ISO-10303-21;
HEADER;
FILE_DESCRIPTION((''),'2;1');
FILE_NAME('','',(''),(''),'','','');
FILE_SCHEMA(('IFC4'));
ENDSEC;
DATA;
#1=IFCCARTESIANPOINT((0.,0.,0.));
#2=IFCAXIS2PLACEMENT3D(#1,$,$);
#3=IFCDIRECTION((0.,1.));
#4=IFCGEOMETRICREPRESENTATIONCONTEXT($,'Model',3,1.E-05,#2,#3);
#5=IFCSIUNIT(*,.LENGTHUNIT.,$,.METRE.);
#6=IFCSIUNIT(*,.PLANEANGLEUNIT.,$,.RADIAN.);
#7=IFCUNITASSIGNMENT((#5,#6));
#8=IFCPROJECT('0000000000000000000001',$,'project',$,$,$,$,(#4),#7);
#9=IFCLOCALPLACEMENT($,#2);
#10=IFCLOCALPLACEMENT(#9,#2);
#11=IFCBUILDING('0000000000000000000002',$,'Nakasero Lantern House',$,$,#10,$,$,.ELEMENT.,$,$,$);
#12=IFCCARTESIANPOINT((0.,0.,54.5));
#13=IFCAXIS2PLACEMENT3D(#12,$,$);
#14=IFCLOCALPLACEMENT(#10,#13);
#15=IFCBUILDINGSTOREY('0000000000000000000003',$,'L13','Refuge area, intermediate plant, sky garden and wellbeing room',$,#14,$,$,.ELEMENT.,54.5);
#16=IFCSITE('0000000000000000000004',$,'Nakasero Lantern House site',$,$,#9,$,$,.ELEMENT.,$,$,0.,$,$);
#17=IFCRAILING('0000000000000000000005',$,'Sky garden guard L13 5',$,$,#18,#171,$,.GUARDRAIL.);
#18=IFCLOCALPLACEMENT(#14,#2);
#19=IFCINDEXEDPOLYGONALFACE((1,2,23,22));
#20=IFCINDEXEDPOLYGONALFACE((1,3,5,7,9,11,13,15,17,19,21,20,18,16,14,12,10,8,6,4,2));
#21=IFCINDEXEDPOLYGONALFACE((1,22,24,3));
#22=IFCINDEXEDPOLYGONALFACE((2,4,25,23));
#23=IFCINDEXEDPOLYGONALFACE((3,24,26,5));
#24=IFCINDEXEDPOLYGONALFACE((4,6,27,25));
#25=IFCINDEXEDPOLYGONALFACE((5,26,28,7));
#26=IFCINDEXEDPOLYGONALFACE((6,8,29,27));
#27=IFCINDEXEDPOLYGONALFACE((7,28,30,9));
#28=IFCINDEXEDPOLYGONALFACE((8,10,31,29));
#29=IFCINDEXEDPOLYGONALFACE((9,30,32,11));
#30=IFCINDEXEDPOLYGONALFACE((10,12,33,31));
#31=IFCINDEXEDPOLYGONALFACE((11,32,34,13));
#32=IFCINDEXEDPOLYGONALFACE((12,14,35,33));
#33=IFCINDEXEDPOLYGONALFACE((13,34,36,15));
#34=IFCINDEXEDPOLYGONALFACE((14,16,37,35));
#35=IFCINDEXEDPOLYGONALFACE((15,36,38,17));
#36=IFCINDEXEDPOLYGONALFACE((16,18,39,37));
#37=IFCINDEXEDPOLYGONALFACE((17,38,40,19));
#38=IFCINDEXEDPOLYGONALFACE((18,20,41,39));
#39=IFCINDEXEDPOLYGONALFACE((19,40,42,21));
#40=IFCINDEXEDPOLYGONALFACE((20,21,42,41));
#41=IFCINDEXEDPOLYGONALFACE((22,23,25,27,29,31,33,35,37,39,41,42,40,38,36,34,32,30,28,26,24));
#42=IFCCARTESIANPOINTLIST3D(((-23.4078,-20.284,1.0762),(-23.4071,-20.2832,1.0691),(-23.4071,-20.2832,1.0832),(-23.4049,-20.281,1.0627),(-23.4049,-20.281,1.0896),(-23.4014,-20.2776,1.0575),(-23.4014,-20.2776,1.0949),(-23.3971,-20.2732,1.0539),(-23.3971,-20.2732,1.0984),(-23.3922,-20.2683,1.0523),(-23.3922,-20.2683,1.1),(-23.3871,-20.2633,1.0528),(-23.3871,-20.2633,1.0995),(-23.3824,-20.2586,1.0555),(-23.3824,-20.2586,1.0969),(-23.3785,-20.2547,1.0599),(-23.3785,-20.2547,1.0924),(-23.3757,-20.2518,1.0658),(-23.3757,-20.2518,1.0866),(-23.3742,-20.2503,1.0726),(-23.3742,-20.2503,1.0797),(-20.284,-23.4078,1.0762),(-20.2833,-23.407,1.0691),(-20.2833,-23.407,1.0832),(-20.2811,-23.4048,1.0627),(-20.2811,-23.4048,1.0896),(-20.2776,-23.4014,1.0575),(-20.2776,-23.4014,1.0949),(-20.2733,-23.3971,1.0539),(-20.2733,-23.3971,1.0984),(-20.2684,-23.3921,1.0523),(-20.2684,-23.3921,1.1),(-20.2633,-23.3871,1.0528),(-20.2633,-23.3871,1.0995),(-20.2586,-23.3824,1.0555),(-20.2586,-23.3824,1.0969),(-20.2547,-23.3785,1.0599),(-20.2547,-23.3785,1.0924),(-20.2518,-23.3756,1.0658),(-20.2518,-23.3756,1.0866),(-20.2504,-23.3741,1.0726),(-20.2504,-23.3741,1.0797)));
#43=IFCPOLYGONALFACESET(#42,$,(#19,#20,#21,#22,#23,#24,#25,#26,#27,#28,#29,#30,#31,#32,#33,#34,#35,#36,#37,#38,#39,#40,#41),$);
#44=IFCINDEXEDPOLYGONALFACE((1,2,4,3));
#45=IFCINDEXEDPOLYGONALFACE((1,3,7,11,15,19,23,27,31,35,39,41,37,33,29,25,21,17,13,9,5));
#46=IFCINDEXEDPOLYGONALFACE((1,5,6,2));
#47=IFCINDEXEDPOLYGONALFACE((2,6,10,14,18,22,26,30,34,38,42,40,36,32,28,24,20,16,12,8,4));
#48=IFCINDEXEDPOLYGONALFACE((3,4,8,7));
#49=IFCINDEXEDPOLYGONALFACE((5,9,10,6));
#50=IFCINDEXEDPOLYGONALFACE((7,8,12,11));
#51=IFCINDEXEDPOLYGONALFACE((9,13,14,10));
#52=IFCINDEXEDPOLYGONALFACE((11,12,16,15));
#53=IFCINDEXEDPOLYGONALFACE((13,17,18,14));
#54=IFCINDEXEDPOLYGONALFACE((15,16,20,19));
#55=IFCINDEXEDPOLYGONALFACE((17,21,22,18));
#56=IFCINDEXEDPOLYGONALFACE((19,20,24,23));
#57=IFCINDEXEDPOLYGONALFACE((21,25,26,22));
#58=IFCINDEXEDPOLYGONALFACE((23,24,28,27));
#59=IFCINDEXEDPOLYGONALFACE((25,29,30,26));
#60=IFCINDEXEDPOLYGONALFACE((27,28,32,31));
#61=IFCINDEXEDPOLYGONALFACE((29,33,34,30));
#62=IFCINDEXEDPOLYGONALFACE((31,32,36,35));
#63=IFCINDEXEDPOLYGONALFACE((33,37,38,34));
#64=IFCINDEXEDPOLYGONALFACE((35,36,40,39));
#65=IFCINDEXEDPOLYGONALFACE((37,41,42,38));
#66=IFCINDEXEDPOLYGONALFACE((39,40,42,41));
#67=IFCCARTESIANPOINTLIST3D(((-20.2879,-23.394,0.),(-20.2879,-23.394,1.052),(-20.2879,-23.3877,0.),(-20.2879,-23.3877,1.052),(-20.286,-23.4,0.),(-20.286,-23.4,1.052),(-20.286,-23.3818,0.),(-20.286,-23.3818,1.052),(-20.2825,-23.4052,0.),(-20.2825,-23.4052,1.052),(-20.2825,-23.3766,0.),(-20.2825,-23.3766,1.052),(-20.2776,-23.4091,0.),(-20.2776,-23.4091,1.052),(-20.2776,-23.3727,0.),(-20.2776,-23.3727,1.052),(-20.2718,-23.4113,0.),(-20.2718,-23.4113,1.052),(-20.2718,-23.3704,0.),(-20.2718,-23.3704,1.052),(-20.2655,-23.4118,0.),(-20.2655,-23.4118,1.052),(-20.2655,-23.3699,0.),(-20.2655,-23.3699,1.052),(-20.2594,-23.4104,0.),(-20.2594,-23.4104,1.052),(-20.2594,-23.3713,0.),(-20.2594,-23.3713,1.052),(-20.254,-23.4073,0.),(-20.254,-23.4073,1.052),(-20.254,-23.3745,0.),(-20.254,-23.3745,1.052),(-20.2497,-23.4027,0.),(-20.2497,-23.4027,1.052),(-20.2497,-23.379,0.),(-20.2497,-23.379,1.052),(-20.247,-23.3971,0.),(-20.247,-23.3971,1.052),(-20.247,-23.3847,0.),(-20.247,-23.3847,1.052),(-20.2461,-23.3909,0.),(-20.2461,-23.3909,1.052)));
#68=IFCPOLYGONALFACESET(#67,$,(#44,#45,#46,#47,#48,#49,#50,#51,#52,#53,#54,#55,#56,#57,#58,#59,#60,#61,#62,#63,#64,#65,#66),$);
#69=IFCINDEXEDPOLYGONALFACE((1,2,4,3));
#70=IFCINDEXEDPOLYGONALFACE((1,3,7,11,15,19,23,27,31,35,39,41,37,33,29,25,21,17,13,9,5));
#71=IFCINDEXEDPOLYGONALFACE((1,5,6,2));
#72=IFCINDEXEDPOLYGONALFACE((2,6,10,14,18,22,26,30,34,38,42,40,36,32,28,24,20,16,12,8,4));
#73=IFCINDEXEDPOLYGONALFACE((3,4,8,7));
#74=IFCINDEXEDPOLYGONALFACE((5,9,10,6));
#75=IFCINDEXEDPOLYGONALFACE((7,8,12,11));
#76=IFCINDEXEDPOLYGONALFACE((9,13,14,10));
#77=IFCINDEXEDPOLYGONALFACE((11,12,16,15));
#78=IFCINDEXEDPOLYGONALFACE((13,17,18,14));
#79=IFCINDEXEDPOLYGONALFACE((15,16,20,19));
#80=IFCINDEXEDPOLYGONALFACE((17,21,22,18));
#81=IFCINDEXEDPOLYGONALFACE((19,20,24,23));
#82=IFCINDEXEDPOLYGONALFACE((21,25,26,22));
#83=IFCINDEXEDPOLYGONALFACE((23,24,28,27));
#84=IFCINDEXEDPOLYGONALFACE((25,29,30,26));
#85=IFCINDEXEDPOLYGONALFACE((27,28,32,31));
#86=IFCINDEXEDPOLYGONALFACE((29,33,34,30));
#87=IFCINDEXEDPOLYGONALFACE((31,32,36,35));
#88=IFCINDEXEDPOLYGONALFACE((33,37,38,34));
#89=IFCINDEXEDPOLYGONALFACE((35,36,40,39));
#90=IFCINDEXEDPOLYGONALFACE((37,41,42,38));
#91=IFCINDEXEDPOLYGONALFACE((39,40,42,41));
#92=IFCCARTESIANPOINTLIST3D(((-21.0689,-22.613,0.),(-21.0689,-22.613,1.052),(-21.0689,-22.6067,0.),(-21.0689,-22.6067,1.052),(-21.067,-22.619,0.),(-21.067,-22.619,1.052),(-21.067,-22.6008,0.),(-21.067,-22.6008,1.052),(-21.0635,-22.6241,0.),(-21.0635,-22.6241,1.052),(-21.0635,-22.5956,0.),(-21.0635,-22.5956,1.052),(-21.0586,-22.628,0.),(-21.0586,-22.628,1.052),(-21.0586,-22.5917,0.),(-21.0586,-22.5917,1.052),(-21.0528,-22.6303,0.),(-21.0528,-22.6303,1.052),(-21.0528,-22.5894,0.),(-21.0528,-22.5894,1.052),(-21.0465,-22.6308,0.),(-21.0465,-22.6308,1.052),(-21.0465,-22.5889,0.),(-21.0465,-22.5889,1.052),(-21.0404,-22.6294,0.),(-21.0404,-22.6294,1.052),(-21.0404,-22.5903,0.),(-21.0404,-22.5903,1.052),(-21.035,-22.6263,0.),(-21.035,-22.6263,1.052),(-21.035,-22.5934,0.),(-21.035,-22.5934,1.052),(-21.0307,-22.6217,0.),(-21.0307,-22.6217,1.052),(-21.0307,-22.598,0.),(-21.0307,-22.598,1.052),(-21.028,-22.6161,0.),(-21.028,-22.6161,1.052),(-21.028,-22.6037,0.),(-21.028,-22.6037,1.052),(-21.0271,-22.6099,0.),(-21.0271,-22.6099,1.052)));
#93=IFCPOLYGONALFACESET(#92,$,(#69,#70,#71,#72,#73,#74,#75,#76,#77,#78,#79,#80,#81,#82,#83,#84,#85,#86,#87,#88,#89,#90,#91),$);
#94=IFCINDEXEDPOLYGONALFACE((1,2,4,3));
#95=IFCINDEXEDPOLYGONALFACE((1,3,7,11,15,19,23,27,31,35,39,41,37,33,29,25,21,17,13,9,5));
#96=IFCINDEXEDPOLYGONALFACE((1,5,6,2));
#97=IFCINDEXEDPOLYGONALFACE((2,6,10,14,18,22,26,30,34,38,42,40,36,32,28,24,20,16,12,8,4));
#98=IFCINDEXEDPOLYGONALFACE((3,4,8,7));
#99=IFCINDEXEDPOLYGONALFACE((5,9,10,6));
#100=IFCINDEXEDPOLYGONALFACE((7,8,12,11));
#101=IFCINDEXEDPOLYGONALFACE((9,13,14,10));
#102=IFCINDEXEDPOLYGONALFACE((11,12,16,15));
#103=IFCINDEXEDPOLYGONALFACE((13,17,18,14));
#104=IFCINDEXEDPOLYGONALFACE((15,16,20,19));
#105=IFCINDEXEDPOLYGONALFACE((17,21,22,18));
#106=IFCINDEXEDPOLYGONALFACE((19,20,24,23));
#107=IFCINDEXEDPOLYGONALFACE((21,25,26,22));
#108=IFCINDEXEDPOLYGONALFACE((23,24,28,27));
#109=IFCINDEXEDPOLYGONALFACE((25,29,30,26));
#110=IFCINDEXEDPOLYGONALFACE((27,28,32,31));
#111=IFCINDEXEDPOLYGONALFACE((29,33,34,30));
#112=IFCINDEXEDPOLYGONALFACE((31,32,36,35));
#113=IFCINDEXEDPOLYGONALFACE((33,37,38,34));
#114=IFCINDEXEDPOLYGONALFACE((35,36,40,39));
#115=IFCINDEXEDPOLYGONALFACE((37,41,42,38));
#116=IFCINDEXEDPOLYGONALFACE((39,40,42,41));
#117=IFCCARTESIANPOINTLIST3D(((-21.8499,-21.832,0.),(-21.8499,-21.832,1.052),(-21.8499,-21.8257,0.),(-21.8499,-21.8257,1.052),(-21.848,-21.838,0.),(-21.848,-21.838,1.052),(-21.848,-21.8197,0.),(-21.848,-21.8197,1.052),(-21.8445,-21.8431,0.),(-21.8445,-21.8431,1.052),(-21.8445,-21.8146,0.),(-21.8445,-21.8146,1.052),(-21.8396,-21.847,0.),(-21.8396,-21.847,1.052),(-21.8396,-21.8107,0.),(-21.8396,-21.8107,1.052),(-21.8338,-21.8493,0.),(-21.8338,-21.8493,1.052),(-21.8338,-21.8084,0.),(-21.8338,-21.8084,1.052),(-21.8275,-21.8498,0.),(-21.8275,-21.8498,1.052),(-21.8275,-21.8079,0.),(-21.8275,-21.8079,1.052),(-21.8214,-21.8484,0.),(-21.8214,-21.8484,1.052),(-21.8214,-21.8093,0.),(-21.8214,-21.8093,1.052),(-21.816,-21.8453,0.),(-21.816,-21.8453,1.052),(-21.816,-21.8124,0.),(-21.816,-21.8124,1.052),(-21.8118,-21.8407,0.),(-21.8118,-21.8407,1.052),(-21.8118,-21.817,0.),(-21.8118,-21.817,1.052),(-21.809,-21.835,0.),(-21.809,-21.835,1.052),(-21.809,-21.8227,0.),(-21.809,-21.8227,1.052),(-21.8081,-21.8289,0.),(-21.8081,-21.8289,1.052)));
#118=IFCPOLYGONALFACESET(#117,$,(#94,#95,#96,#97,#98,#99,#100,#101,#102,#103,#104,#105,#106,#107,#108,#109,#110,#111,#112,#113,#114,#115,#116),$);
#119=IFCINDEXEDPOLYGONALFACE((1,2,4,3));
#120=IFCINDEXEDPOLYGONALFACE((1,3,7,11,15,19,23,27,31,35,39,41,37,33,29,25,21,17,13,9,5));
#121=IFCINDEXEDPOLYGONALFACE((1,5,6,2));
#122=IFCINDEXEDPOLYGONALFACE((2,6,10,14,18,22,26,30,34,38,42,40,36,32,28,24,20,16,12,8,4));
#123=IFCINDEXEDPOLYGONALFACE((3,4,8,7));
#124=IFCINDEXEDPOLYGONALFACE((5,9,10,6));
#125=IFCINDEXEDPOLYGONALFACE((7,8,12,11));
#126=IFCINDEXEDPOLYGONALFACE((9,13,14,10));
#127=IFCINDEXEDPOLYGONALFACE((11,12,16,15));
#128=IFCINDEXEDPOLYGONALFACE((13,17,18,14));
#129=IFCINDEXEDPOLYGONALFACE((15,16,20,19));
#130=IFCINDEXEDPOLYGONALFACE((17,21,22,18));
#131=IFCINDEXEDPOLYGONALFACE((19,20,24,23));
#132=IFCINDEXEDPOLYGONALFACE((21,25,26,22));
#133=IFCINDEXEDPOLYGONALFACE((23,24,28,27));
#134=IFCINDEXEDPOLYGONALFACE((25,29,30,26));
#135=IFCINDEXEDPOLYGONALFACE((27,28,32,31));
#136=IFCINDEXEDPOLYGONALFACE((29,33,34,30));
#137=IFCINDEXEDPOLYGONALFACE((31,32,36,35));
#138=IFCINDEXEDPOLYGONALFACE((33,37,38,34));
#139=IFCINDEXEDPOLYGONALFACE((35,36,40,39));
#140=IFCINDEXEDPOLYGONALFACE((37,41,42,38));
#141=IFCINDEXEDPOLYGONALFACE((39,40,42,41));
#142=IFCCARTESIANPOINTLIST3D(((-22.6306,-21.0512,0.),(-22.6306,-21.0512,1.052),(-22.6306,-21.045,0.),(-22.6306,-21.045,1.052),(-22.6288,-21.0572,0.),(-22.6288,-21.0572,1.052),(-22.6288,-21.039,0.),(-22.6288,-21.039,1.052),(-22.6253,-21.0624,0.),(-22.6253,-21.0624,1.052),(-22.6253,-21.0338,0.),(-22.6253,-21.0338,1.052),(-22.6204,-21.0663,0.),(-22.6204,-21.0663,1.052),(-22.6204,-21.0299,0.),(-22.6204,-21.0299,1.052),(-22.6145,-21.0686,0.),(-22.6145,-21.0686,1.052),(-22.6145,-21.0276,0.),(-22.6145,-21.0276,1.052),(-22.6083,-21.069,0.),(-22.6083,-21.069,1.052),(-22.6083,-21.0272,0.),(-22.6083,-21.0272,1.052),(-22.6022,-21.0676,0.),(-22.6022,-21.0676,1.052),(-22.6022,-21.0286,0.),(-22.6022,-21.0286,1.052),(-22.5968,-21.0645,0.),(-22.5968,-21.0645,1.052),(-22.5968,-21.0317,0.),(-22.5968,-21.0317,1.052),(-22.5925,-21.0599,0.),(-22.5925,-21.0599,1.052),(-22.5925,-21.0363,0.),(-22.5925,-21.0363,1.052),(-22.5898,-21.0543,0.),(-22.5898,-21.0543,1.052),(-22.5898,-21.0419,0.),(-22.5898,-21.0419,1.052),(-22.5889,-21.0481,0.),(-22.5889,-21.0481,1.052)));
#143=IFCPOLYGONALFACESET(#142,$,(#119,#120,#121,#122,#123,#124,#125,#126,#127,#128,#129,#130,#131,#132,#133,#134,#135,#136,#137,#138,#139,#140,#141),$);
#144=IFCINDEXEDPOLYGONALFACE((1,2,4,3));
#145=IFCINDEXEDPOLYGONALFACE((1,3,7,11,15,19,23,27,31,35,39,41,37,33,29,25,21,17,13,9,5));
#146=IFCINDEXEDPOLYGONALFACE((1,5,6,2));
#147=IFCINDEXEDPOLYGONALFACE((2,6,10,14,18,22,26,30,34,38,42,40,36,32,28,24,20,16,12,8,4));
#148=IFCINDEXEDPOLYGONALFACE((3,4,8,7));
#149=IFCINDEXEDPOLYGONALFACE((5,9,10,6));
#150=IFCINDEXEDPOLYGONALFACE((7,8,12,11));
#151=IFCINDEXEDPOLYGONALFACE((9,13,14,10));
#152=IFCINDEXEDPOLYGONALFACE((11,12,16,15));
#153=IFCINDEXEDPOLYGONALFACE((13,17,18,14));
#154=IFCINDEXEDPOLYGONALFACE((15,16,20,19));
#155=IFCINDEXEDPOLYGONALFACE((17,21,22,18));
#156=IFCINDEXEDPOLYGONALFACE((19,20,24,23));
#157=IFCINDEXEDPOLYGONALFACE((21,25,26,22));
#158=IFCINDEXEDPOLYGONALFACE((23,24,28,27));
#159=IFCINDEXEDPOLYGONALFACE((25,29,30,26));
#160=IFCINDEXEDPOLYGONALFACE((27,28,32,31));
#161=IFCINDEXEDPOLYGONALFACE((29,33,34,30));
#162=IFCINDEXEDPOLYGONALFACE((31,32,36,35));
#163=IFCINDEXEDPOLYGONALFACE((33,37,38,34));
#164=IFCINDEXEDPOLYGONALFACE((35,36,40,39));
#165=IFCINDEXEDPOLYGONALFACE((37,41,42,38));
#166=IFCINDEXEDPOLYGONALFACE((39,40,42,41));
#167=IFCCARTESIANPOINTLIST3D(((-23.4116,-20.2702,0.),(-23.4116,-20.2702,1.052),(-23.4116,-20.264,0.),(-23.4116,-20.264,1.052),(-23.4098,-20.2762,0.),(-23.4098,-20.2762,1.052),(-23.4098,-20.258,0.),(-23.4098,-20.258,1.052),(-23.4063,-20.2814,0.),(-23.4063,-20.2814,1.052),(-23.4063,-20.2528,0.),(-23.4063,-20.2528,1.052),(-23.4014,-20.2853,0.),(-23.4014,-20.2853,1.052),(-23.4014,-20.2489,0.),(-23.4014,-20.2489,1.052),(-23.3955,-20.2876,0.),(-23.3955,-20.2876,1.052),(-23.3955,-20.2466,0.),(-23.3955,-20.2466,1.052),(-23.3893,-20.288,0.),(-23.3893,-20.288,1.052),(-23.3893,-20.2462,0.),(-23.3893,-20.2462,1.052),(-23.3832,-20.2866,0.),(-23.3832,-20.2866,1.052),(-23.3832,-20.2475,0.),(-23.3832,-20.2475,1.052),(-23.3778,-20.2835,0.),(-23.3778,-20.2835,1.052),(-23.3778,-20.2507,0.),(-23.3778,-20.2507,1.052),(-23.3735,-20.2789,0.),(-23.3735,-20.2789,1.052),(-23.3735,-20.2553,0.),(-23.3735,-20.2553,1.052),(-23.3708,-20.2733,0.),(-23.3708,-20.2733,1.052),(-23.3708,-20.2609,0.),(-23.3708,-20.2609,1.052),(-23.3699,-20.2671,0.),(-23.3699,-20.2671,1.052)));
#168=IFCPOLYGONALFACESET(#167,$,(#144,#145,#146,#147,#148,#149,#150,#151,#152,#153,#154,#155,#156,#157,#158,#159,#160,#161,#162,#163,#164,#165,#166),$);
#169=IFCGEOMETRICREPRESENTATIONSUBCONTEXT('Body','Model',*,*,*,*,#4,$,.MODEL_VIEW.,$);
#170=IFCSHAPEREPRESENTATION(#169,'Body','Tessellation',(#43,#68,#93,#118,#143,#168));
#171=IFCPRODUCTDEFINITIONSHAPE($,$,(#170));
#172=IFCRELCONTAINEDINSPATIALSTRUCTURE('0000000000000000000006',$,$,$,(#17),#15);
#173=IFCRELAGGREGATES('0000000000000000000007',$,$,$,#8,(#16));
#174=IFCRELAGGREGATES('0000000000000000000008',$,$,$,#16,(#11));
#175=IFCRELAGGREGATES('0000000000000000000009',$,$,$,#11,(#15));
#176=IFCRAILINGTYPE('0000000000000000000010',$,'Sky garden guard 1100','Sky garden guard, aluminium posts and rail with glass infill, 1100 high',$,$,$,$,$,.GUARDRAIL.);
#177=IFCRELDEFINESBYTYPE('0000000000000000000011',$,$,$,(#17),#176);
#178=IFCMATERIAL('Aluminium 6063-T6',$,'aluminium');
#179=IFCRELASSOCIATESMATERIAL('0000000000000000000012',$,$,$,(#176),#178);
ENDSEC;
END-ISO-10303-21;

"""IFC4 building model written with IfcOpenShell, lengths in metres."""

from ifc_helpers import new_model, si_unit, direction, frame, origin, origin_2d, place, context, subcontext, project, spatial, circle, extrude, material, type_object, element, save


model = new_model("IFC4")

# Units and contexts
model_context = context("Model", 3, precision=1e-05, world=origin(), true_north=direction((0.0, 1.0)))
body_context = subcontext(model_context, "Body", "Model", "MODEL_VIEW")
ifc_project = project(units=[si_unit("LENGTHUNIT", "METRE"), si_unit("PLANEANGLEUNIT", "RADIAN")], contexts=[model_context])

# Site, building, storey
site_placement = place(None, origin())
site = spatial("IfcSite", under=ifc_project, at=site_placement, Name="Nakasero Lantern House site", CompositionType="ELEMENT", RefElevation=0.0)
building_placement = place(site_placement, origin())
building = spatial("IfcBuilding", under=site, at=building_placement, Name="Nakasero Lantern House", CompositionType="ELEMENT")
storey_placement = place(building_placement, frame((0.0, 0.0, 54.5)))
storey = spatial("IfcBuildingStorey", under=building, at=storey_placement, Name="L13", Description="Refuge area, intermediate plant, sky garden and wellbeing room", CompositionType="ELEMENT", Elevation=54.5)

# Railing
ifc_material_1 = material(Name="Aluminium 6063-T6", Category="aluminium")
railing_type = type_object("IfcRailingType", Name="Sky garden guard 1100", Description="Sky garden guard, aluminium posts and rail with glass infill, 1100 high", PredefinedType="GUARDRAIL", material=ifc_material_1)
railing_1_placement = place(storey_placement, frame((-20.2671, -23.3909, 0.0)))
element("IfcRailing", 1, at=railing_1_placement, inside=storey, type_object=railing_type, Name="Sky garden guard L13 5", PredefinedType="GUARDRAIL", context=body_context, shape_type="SweptSolid", body=[
    extrude(circle(Radius=0.0239, at=origin_2d()), frame((0.0, 0.0, 1.0762), z_axis=(-0.707107, 0.707107, 0.0), x_axis=(-0.707107, -0.707107, 0.0)), (0.0, 0.0, 1.0), 4.4177),
    extrude(circle(Radius=0.021, at=origin_2d()), origin(), (0.0, 0.0, 1.0), 1.052),
    extrude(circle(Radius=0.021, at=origin_2d()), frame((-0.781, 0.781, 0.0)), (0.0, 0.0, 1.0), 1.052),
    extrude(circle(Radius=0.021, at=origin_2d()), frame((-1.562, 1.562, 0.0)), (0.0, 0.0, 1.0), 1.052),
    extrude(circle(Radius=0.021, at=origin_2d()), frame((-2.3428, 2.3428, 0.0)), (0.0, 0.0, 1.0), 1.052),
    extrude(circle(Radius=0.021, at=origin_2d()), frame((-3.1238, 3.1238, 0.0)), (0.0, 0.0, 1.0), 1.052),
])

save(model, "model.ifc")
